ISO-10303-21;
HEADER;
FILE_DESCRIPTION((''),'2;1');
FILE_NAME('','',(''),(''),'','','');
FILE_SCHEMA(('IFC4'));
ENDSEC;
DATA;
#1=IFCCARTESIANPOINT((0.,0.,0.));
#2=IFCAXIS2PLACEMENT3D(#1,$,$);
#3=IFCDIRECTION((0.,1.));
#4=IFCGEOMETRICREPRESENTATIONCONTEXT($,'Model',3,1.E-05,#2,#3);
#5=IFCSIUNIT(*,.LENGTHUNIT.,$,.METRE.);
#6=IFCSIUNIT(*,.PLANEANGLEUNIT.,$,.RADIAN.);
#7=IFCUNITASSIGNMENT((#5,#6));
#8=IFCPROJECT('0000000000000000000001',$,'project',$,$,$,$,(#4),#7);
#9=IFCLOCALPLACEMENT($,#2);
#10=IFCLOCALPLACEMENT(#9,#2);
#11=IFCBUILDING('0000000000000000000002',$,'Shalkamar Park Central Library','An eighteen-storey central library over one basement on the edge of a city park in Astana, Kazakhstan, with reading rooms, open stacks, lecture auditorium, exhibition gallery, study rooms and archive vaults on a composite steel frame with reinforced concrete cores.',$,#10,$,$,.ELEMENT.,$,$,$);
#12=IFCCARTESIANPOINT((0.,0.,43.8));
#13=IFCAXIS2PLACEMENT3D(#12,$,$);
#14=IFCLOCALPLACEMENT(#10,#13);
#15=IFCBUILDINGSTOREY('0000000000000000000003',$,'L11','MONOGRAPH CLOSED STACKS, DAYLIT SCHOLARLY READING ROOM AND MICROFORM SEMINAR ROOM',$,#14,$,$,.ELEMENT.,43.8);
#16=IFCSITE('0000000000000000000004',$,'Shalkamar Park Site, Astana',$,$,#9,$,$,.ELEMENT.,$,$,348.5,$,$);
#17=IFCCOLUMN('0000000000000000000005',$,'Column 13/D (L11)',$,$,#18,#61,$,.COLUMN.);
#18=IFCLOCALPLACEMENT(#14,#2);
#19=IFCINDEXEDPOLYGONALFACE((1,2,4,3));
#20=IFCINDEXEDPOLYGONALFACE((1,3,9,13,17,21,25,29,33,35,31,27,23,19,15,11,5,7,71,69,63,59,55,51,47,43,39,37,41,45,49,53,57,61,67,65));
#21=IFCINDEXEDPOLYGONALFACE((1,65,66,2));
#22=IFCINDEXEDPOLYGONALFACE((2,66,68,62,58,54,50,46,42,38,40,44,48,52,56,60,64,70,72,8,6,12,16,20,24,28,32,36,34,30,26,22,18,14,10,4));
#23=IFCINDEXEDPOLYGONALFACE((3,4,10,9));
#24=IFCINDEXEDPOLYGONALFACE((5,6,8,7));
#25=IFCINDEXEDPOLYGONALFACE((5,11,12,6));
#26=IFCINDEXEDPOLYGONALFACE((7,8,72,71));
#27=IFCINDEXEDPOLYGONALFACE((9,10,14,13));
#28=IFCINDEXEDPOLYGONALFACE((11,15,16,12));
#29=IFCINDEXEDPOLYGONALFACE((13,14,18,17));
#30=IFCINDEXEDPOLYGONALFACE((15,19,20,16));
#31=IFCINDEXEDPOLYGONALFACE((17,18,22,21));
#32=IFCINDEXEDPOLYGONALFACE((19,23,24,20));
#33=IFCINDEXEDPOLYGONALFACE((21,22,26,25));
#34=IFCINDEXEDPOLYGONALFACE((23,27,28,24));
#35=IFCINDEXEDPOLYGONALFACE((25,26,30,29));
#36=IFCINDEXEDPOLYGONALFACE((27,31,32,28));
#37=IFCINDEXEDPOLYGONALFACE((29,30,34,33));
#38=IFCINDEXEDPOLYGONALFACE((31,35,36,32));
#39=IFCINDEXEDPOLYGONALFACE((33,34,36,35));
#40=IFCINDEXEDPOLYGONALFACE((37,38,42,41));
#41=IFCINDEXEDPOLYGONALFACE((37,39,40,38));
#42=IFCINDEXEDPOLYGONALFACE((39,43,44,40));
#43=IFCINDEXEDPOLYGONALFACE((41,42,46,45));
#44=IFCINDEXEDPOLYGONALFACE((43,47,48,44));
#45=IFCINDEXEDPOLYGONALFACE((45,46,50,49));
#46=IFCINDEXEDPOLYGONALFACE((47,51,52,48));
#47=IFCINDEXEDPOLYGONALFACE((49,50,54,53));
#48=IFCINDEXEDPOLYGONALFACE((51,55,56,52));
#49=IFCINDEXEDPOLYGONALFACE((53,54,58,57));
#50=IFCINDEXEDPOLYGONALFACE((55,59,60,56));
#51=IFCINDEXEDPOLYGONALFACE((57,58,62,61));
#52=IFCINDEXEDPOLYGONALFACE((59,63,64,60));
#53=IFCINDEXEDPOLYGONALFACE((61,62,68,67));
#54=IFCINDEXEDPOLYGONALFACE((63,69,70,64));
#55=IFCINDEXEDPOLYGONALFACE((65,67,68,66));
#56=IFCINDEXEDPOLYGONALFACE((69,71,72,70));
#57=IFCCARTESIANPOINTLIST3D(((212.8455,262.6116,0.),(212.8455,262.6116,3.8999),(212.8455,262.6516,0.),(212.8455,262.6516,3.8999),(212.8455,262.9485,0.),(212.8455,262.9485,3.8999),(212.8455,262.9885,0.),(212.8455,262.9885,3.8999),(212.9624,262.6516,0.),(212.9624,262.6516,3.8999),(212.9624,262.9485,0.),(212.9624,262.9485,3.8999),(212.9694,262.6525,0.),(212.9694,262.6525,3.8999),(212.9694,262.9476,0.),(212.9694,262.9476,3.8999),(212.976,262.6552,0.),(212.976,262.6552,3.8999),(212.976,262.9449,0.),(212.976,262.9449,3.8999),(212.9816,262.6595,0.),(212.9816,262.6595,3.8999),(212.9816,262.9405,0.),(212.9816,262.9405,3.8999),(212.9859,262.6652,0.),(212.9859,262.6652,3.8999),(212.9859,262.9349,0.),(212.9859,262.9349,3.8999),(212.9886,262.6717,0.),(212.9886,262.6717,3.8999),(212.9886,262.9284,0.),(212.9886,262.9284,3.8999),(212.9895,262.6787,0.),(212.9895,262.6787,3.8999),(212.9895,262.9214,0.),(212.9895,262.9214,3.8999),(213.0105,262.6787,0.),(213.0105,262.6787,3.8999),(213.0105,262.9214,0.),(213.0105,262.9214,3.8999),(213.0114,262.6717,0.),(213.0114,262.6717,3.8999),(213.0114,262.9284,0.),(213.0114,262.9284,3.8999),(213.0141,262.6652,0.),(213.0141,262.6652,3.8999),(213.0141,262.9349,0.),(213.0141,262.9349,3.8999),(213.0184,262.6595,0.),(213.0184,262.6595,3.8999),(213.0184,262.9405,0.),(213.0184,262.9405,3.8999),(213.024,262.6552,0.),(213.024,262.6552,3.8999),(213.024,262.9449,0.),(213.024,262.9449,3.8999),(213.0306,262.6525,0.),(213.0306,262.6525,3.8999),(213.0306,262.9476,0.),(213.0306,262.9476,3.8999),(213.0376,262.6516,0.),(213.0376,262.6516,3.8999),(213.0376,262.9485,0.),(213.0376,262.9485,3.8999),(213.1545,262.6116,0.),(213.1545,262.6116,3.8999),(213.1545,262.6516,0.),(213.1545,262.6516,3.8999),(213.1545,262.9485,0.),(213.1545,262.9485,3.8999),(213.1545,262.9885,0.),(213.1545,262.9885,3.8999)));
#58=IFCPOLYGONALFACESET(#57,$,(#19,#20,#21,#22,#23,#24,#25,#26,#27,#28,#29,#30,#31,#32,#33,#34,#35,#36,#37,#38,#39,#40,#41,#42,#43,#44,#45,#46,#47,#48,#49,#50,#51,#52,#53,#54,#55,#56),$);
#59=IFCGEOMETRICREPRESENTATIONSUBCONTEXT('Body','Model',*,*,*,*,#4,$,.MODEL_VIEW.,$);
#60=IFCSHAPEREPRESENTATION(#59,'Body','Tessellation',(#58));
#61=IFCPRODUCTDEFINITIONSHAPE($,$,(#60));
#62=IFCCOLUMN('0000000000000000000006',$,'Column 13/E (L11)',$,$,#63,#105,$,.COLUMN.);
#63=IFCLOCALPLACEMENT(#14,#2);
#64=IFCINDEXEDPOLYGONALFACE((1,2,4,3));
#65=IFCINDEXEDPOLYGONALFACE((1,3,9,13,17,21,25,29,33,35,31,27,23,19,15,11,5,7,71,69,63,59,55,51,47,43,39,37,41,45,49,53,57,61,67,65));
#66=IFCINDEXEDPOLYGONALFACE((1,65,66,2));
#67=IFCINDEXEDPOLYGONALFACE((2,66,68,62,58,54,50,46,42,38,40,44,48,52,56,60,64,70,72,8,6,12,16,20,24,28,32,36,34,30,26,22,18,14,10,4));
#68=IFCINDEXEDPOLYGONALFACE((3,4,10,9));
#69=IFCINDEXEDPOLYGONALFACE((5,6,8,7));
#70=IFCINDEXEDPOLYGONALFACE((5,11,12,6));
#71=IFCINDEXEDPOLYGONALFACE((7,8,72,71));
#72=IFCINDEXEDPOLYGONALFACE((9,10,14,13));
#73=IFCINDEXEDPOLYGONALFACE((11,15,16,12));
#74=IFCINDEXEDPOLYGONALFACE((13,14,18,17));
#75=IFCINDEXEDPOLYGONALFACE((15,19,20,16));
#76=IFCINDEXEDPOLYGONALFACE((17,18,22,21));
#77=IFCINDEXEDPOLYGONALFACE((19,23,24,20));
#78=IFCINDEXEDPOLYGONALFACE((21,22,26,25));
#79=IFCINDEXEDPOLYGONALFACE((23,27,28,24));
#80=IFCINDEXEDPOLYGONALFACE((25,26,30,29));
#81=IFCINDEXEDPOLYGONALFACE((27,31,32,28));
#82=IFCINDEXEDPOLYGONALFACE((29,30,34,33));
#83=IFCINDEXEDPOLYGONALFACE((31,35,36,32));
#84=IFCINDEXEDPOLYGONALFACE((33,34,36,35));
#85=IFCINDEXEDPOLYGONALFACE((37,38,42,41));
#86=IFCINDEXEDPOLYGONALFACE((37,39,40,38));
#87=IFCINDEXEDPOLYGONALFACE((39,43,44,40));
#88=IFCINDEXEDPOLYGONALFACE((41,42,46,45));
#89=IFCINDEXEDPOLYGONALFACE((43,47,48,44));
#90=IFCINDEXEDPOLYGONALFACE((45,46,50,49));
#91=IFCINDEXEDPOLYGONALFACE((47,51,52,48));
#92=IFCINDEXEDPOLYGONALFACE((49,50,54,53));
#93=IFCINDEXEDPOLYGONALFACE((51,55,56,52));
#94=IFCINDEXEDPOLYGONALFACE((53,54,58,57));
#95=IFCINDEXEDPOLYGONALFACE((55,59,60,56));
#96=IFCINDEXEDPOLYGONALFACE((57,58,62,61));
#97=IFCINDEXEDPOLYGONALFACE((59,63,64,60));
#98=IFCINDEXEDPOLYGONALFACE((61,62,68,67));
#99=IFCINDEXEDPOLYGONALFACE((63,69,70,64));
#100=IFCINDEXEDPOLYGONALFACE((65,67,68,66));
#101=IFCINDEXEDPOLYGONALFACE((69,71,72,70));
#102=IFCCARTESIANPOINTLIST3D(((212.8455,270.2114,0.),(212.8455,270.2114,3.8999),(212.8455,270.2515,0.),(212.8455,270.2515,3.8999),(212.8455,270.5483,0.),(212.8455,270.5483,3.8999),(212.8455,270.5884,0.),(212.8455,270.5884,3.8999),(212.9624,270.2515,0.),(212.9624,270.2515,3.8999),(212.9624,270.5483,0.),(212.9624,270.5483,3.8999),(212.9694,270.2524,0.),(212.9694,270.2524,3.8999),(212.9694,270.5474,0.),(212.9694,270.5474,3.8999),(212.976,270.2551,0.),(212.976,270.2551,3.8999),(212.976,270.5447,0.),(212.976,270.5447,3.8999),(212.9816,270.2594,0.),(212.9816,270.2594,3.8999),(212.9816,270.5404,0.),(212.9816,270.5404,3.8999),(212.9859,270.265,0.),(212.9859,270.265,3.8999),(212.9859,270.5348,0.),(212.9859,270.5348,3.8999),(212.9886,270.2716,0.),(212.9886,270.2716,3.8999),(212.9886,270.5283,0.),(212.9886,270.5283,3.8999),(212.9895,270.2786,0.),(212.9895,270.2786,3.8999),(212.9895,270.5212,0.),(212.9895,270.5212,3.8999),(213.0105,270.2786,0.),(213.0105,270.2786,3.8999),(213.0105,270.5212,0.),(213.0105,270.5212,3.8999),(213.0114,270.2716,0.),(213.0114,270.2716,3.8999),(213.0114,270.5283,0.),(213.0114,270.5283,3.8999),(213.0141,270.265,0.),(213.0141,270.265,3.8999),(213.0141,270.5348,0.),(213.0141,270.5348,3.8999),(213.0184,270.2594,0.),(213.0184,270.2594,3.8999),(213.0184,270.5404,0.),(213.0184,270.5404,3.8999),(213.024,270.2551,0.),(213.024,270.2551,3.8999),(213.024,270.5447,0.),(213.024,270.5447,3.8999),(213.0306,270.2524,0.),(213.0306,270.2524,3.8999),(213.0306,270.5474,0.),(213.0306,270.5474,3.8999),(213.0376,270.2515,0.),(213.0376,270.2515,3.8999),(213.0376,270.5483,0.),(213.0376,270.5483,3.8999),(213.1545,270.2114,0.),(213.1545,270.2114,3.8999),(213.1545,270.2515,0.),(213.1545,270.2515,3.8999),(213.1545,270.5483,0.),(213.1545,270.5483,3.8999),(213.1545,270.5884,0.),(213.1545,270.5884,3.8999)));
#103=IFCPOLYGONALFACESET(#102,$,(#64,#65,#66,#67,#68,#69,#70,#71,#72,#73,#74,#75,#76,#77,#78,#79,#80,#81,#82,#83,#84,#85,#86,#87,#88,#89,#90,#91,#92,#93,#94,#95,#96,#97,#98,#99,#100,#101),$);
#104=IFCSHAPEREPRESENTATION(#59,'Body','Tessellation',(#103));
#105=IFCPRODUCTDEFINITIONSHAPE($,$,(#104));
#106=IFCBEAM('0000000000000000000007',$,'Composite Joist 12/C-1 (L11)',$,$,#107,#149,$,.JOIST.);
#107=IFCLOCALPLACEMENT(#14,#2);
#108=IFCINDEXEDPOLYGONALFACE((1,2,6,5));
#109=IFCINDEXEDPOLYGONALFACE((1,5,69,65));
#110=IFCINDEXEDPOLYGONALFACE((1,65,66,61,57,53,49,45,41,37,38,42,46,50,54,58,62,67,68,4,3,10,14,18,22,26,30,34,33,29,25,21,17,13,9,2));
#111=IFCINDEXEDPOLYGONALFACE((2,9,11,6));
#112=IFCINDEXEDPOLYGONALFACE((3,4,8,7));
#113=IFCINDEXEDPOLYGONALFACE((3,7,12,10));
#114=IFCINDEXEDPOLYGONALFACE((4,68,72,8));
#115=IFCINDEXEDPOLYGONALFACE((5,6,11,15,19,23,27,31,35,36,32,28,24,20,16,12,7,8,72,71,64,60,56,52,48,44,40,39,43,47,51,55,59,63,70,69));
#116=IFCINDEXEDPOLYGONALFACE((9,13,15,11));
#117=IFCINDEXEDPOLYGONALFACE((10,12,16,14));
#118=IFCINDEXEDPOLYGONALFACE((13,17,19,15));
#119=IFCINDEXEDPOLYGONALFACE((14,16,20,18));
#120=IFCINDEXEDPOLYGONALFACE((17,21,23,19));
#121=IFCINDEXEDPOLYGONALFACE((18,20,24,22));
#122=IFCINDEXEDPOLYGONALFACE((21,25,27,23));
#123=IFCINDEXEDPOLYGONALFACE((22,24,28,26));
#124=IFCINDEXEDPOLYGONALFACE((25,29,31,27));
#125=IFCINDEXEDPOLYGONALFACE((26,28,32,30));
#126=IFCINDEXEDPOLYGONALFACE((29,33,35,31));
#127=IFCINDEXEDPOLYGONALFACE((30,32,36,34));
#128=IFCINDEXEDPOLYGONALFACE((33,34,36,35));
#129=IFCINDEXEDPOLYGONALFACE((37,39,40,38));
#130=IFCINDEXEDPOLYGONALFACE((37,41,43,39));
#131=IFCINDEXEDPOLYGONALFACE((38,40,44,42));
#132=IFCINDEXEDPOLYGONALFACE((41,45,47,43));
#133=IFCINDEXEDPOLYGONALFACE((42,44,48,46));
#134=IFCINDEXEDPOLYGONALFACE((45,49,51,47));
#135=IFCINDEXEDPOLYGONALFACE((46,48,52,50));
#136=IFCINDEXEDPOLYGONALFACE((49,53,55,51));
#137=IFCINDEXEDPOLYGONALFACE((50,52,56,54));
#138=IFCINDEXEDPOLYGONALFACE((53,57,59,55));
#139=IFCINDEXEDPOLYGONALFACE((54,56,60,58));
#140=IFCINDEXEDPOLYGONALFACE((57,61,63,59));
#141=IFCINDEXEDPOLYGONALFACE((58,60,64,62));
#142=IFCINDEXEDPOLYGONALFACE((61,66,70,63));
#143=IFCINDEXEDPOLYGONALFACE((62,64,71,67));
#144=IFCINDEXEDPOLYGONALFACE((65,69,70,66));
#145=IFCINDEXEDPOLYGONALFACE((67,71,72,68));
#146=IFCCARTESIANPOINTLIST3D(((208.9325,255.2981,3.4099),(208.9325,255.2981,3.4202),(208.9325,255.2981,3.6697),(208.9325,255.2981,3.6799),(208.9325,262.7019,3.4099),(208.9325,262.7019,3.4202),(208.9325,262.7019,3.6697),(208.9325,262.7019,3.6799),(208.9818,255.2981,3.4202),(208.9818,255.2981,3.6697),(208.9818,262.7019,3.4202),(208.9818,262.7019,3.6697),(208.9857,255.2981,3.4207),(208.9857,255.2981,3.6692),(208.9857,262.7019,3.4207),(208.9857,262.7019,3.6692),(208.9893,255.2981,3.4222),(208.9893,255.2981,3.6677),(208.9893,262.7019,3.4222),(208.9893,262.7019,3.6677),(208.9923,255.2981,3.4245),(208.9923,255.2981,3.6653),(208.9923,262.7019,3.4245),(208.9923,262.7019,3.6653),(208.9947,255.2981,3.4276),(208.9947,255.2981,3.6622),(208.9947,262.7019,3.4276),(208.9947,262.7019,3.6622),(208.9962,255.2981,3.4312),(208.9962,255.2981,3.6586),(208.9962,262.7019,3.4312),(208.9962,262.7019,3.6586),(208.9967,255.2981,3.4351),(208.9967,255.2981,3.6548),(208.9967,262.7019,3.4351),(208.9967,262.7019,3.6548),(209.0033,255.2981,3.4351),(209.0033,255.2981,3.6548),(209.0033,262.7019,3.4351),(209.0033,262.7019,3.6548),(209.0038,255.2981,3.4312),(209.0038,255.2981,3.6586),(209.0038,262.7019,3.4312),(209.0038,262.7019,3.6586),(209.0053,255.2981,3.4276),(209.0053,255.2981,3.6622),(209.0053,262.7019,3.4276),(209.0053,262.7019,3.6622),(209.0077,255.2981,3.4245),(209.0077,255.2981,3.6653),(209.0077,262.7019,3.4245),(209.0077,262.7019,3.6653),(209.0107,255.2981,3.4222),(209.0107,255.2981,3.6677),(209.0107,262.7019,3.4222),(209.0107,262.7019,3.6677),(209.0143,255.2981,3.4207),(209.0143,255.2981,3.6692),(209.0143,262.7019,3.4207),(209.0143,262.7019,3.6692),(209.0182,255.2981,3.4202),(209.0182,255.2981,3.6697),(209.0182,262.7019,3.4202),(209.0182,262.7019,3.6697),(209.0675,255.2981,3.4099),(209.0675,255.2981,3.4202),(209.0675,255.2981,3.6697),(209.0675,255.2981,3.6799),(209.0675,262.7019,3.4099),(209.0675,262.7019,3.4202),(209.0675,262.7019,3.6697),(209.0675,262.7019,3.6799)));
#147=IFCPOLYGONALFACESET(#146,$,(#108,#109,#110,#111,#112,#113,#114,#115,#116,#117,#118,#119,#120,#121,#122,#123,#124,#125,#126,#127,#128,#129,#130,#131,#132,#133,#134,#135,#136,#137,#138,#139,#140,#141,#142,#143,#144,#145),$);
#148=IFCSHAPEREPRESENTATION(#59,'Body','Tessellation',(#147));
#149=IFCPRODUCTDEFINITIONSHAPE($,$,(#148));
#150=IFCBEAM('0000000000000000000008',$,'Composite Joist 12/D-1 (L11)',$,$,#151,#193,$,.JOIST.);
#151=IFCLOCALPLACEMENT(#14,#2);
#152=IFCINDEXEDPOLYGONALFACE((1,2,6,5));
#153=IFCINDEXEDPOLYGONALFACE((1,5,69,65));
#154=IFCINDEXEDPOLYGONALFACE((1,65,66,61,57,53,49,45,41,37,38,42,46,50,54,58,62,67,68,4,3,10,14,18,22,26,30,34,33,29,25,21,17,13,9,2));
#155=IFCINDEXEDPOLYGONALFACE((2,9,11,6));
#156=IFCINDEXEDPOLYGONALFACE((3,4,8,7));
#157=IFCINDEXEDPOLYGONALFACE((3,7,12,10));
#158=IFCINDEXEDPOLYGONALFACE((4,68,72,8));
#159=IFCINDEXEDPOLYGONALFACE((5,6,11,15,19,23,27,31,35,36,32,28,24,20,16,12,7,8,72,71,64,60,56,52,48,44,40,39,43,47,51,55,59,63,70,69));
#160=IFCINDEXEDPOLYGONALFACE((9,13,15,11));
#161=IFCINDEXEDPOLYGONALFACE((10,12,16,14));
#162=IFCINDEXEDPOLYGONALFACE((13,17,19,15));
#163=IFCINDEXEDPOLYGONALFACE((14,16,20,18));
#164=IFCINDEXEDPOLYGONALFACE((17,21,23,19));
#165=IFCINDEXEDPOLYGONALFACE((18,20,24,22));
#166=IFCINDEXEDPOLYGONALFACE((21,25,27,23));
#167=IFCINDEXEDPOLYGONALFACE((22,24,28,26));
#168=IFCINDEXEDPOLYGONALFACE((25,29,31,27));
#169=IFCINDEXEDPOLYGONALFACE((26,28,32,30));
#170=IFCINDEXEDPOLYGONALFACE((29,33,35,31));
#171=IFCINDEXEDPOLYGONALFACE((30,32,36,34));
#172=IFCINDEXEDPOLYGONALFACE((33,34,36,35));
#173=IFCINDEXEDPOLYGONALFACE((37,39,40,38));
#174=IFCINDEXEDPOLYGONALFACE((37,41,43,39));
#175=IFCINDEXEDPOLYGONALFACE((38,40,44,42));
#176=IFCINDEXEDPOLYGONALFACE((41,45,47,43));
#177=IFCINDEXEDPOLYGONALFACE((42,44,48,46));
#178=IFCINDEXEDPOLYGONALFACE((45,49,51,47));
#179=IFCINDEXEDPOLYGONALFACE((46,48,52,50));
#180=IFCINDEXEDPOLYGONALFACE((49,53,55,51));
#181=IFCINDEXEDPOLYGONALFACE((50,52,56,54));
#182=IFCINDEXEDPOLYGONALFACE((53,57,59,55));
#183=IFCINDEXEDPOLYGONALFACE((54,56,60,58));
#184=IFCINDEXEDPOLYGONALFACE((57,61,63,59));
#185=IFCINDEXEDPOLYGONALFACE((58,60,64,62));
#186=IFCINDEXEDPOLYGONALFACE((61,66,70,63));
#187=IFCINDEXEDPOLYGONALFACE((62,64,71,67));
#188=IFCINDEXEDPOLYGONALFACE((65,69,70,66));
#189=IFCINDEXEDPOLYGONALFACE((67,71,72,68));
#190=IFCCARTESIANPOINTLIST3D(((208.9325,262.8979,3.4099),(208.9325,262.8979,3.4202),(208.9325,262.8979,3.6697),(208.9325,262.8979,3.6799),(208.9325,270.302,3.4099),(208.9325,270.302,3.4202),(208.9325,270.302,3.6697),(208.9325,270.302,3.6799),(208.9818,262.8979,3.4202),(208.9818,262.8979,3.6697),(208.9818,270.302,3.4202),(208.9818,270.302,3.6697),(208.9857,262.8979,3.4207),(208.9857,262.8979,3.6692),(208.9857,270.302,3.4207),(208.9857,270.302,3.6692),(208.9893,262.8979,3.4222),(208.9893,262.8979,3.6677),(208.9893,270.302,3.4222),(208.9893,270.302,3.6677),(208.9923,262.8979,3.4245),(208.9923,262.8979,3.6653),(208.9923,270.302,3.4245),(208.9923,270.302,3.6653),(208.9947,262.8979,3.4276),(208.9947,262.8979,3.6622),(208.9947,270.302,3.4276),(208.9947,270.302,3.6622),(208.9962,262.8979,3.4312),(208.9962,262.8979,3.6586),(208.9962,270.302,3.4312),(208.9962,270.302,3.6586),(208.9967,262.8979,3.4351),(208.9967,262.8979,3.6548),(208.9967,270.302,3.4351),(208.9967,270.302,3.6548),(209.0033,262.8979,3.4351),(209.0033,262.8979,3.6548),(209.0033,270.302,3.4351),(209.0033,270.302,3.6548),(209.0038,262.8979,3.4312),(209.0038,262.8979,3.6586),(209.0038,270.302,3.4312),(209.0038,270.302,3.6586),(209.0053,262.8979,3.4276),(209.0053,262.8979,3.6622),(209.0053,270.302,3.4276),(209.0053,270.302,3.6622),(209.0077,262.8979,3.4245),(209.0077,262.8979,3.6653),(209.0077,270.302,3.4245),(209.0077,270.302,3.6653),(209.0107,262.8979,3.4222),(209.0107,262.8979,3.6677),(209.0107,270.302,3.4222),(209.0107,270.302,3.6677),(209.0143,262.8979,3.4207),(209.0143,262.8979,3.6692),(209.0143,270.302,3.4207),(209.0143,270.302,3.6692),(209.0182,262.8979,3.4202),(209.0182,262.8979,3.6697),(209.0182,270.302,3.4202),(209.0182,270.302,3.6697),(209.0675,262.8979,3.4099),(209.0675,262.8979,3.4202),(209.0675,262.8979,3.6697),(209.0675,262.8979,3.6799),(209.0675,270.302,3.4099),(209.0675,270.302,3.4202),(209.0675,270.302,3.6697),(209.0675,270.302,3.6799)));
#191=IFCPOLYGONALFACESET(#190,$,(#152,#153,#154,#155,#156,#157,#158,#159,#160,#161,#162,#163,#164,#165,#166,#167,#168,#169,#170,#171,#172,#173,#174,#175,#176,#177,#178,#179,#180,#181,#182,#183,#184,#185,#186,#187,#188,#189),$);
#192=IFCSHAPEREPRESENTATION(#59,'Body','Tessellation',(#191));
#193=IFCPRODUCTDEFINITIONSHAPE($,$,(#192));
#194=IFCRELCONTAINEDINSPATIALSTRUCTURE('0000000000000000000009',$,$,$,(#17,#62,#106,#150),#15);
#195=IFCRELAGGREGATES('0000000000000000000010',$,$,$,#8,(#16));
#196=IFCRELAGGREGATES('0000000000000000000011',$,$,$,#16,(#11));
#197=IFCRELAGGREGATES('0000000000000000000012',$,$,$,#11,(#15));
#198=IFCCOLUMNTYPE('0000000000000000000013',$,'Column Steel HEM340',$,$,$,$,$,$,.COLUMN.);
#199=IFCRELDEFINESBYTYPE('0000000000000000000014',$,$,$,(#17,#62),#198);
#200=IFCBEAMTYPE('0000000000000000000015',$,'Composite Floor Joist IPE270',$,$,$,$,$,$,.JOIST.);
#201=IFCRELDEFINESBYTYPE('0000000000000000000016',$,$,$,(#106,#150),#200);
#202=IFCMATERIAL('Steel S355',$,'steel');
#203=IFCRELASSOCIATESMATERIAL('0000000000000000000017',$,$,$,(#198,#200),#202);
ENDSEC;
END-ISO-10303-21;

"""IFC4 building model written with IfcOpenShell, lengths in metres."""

from ifc_helpers import new_model, si_unit, direction, frame, origin, origin_2d, place, context, subcontext, project, spatial, i_section, extrude, material, material_profile, profile_set, type_object, element, save


model = new_model("IFC4")

# Units and contexts
model_context = context("Model", 3, precision=1e-05, world=origin(), true_north=direction((0.0, 1.0)))
body_context = subcontext(model_context, "Body", "Model", "MODEL_VIEW")
ifc_project = project(units=[si_unit("LENGTHUNIT", "METRE"), si_unit("PLANEANGLEUNIT", "RADIAN")], contexts=[model_context])

# Site, building, storey
site_placement = place(None, origin())
site = spatial("IfcSite", under=ifc_project, at=site_placement, Name="Shalkamar Park Site, Astana", CompositionType="ELEMENT", RefElevation=348.5)
building_placement = place(site_placement, origin())
building = spatial("IfcBuilding", under=site, at=building_placement, Name="Shalkamar Park Central Library", Description="An eighteen-storey central library over one basement on the edge of a city park in Astana, Kazakhstan, with reading rooms, open stacks, lecture auditorium, exhibition gallery, study rooms and archive vaults on a composite steel frame with reinforced concrete cores.", CompositionType="ELEMENT")
storey_placement = place(building_placement, frame((0.0, 0.0, 43.8)))
storey = spatial("IfcBuildingStorey", under=building, at=storey_placement, Name="L11", Description="MONOGRAPH CLOSED STACKS, DAYLIT SCHOLARLY READING ROOM AND MICROFORM SEMINAR ROOM", CompositionType="ELEMENT", Elevation=43.8)

# Columns
ifc_material_1 = material(Name="Steel S355", Category="steel")
ifc_material_profile_1 = material_profile(ifc_material_1, i_section(OverallWidth=0.3091, OverallDepth=0.377, WebThickness=0.021, FlangeThickness=0.04, FilletRadius=0.0271, at=origin_2d()), Name="HEM 340")
ifc_profile_set_1 = profile_set([ifc_material_profile_1], Name="Steel S355")
column_type_1 = type_object("IfcColumnType", Name="Column Steel HEM340", PredefinedType="COLUMN", material=ifc_profile_set_1)
for number, where, z_axis, x_axis, name in (
    (1, (213.0, 262.8, 0.0), (0.0, 0.0, 1.0), (1.0, 0.0, 0.0), "Column 13/D (L11)"),
    (2, (213.0, 270.3999, 0.0), (0.0, 0.0, 1.0), (1.0, 0.0, 0.0), "Column 13/E (L11)"),
):
    element("IfcColumn", number, at=place(storey_placement, frame(where, z_axis=z_axis, x_axis=x_axis)), inside=storey, type_object=column_type_1, Name=name, PredefinedType="COLUMN", context=body_context, shape_type="SweptSolid", body=[
        extrude(i_section(OverallWidth=0.3091, OverallDepth=0.377, WebThickness=0.021, FlangeThickness=0.04, FilletRadius=0.0271, at=origin_2d()), origin(), (0.0, 0.0, 1.0), 3.8999),
    ])

# Beams
ifc_material_profile_2 = material_profile(ifc_material_1, i_section(OverallWidth=0.135, OverallDepth=0.27, WebThickness=0.0066, FlangeThickness=0.0103, FilletRadius=0.0149, at=origin_2d()), Name="IPE 270")
ifc_profile_set_2 = profile_set([ifc_material_profile_2], Name="Steel S355")
beam_type_1 = type_object("IfcBeamType", Name="Composite Floor Joist IPE270", PredefinedType="JOIST", material=ifc_profile_set_2)
beam_1_placement = place(storey_placement, frame((209.0, 255.2981, 3.5449), z_axis=(0.0, 1.0, 0.0), x_axis=(-1.0, 0.0, 0.0)))
element("IfcBeam", 3, at=beam_1_placement, inside=storey, type_object=beam_type_1, Name="Composite Joist 12/C-1 (L11)", PredefinedType="JOIST", context=body_context, shape_type="SweptSolid", body=[
    extrude(i_section(OverallWidth=0.135, OverallDepth=0.27, WebThickness=0.0066, FlangeThickness=0.0103, FilletRadius=0.0149, at=origin_2d()), origin(), (0.0, 0.0, 1.0), 7.4038),
])
beam_2_placement = place(storey_placement, frame((209.0, 262.8979, 3.5449), z_axis=(0.0, 1.0, 0.0), x_axis=(-1.0, 0.0, 0.0)))
element("IfcBeam", 4, at=beam_2_placement, inside=storey, type_object=beam_type_1, Name="Composite Joist 12/D-1 (L11)", PredefinedType="JOIST", context=body_context, shape_type="SweptSolid", body=[
    extrude(i_section(OverallWidth=0.135, OverallDepth=0.27, WebThickness=0.0066, FlangeThickness=0.0103, FilletRadius=0.0149, at=origin_2d()), origin(), (0.0, 0.0, 1.0), 7.4041),
])

save(model, "model.ifc")
